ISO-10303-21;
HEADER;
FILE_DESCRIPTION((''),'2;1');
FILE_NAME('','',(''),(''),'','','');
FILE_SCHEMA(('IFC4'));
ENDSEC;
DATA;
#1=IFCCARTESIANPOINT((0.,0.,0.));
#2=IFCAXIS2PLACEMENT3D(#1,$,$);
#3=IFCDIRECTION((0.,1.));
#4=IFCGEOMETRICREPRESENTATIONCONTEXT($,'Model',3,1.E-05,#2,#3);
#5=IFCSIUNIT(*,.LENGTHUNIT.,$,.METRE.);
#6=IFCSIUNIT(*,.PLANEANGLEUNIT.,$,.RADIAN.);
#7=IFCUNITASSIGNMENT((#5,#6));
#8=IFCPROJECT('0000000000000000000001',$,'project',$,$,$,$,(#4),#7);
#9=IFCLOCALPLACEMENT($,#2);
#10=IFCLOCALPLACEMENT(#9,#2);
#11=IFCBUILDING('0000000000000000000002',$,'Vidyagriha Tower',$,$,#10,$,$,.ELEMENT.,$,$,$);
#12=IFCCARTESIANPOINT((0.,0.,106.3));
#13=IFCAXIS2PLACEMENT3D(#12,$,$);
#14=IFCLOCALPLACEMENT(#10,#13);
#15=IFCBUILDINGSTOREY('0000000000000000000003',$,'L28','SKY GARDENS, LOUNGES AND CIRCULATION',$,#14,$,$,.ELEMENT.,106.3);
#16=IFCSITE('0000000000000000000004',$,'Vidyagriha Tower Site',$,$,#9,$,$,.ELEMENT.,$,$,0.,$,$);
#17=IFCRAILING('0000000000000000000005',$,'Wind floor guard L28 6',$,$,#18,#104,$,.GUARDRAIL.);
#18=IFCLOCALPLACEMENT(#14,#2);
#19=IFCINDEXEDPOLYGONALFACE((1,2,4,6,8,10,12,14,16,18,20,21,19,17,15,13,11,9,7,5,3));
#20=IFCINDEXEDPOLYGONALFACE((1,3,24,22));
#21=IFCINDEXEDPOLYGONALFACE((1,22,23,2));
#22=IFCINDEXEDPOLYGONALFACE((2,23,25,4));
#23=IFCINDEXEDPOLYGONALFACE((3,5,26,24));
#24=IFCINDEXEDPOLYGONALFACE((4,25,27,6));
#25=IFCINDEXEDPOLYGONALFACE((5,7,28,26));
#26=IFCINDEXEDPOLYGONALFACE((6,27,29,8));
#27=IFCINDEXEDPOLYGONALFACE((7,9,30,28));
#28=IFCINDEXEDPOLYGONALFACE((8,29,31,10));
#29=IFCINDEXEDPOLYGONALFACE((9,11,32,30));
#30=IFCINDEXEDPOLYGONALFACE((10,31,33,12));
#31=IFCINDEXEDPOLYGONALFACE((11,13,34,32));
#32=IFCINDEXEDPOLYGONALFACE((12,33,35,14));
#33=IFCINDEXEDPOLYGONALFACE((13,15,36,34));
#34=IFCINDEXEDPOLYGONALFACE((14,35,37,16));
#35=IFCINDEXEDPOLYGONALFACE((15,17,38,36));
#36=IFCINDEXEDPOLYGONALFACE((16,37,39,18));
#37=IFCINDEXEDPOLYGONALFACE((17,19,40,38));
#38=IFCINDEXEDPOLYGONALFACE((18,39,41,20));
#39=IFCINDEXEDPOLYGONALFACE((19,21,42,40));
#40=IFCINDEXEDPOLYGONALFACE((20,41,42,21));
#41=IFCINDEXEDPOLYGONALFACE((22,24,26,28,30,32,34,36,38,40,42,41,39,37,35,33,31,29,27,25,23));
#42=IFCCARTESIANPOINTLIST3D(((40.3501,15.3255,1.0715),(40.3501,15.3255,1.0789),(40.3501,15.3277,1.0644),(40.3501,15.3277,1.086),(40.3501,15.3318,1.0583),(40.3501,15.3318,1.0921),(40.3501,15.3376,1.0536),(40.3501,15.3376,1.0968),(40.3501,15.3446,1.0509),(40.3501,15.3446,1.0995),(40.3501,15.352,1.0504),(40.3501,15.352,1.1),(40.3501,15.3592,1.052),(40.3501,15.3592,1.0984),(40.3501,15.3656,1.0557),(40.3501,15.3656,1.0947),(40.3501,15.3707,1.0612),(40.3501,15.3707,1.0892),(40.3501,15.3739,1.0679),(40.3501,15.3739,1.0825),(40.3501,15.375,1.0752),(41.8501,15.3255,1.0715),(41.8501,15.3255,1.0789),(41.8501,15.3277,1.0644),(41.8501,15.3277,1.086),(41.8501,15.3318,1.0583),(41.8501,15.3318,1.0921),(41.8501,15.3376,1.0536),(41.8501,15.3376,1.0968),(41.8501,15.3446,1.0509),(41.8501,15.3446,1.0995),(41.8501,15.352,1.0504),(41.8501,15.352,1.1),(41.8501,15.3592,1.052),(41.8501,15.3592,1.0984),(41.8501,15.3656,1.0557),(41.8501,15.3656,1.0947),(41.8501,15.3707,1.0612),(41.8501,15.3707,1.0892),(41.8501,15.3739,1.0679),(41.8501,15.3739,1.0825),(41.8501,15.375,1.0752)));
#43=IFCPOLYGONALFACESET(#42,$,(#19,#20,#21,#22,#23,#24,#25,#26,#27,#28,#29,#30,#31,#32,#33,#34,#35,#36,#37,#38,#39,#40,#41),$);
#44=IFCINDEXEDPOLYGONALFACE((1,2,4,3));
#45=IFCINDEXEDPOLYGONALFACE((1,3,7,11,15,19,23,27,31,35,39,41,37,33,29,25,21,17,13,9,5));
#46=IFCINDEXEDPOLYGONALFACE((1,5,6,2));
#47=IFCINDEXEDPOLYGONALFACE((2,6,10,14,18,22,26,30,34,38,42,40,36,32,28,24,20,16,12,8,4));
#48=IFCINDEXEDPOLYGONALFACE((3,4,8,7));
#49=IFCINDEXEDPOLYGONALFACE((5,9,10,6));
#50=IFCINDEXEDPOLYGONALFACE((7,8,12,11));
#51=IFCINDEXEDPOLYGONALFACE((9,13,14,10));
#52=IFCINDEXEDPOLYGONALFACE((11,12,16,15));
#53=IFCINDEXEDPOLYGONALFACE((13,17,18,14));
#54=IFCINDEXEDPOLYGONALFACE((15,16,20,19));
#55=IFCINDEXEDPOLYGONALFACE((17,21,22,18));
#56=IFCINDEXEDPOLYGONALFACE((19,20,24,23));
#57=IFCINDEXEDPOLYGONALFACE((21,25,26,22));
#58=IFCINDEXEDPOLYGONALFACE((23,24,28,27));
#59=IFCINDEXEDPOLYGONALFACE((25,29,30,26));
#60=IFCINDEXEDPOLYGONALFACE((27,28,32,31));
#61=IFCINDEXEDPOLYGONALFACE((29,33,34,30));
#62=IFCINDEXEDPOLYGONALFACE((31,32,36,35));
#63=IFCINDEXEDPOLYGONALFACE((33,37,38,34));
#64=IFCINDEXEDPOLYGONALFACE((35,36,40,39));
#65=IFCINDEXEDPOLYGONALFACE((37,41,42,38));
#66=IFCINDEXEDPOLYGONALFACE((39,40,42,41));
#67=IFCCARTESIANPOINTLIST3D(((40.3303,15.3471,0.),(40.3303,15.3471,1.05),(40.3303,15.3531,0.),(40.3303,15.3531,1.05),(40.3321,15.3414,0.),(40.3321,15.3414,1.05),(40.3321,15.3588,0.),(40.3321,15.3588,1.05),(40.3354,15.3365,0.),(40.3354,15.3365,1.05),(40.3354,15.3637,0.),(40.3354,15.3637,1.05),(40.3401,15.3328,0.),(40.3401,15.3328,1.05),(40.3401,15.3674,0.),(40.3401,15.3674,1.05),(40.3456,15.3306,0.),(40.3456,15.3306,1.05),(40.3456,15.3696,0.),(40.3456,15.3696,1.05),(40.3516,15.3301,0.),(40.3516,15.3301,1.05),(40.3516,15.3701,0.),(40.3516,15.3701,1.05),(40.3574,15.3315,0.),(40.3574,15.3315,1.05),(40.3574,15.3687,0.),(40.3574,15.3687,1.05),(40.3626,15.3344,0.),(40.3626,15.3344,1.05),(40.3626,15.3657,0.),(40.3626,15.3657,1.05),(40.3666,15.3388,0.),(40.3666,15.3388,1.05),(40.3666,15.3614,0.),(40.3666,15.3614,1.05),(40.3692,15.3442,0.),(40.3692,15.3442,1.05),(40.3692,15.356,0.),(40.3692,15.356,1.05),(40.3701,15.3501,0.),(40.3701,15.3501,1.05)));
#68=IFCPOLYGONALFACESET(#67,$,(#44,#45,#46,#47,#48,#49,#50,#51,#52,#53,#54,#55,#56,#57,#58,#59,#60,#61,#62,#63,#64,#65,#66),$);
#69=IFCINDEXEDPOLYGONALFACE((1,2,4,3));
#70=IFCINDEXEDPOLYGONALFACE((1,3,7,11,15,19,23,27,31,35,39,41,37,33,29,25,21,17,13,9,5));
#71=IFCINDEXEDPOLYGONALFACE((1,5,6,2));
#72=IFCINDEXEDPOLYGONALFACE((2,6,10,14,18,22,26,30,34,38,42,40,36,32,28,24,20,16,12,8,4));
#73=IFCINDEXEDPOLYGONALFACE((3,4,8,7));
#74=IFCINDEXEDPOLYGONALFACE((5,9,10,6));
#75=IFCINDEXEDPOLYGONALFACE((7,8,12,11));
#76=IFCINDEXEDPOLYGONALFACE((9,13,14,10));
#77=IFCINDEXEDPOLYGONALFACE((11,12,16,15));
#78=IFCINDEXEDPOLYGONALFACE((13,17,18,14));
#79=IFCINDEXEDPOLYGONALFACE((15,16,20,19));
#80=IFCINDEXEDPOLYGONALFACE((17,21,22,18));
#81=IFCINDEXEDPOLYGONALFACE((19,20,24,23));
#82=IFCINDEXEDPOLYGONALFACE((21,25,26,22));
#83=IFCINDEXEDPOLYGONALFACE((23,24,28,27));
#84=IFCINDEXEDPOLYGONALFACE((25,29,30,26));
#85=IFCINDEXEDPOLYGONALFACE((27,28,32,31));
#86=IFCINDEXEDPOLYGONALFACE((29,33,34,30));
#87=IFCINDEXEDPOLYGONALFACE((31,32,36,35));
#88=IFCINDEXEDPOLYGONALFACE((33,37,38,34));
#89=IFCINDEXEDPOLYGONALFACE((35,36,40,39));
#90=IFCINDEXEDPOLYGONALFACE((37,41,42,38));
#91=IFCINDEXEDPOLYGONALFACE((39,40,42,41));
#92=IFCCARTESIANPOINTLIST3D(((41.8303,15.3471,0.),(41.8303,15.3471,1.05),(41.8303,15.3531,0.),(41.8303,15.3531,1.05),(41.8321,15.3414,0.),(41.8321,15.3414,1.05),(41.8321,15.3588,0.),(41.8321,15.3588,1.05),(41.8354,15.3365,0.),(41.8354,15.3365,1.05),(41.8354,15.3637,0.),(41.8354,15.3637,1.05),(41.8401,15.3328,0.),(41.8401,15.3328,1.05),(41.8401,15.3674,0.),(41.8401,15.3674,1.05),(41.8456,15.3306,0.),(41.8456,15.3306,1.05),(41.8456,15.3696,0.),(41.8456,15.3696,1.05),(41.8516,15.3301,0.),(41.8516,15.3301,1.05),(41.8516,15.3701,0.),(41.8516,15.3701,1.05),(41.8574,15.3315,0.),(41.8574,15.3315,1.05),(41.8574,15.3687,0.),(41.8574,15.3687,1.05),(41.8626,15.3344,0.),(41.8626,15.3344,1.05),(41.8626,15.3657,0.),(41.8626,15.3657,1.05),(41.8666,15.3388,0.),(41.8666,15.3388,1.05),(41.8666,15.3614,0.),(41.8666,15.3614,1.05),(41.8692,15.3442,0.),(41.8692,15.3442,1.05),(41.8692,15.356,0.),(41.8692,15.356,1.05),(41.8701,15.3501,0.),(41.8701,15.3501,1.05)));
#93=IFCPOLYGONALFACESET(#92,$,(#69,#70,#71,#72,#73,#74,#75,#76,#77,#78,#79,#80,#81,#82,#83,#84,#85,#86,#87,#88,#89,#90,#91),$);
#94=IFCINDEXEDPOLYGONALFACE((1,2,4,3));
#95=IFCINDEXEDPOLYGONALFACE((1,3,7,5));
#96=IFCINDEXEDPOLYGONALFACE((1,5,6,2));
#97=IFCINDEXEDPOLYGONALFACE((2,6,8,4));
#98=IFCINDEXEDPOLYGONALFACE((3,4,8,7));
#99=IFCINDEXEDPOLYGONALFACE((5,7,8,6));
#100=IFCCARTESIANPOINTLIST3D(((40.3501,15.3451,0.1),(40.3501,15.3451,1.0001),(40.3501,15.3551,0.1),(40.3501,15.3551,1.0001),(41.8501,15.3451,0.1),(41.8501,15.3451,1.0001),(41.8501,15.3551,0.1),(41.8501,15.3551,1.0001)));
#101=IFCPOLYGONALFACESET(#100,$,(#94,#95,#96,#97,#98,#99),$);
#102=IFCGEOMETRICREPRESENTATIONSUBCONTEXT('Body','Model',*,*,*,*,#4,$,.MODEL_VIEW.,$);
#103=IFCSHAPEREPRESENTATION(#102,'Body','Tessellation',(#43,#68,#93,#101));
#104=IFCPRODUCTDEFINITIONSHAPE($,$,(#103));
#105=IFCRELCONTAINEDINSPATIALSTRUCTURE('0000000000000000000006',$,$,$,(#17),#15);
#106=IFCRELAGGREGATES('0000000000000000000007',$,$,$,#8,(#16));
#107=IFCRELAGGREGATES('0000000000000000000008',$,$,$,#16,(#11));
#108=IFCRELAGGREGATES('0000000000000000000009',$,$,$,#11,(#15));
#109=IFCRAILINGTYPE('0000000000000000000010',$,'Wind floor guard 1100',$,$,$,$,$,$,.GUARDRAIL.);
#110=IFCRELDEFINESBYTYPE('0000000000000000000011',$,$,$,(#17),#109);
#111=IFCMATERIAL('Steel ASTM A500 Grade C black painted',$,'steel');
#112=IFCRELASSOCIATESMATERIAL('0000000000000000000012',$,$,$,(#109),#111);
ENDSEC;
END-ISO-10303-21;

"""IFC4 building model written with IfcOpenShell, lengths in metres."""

from ifc_helpers import new_model, si_unit, direction, frame, origin, origin_2d, place, context, subcontext, project, spatial, rectangle, circle, extrude, material, type_object, element, save


model = new_model("IFC4")

# Units and contexts
model_context = context("Model", 3, precision=1e-05, world=origin(), true_north=direction((0.0, 1.0)))
body_context = subcontext(model_context, "Body", "Model", "MODEL_VIEW")
ifc_project = project(units=[si_unit("LENGTHUNIT", "METRE"), si_unit("PLANEANGLEUNIT", "RADIAN")], contexts=[model_context])

# Site, building, storey
site_placement = place(None, origin())
site = spatial("IfcSite", under=ifc_project, at=site_placement, Name="Vidyagriha Tower Site", CompositionType="ELEMENT", RefElevation=0.0)
building_placement = place(site_placement, origin())
building = spatial("IfcBuilding", under=site, at=building_placement, Name="Vidyagriha Tower", CompositionType="ELEMENT")
storey_placement = place(building_placement, frame((0.0, 0.0, 106.3)))
storey = spatial("IfcBuildingStorey", under=building, at=storey_placement, Name="L28", Description="SKY GARDENS, LOUNGES AND CIRCULATION", CompositionType="ELEMENT", Elevation=106.3)

# Railing
ifc_material_1 = material(Name="Steel ASTM A500 Grade C black painted", Category="steel")
railing_type_1 = type_object("IfcRailingType", Name="Wind floor guard 1100", PredefinedType="GUARDRAIL", material=ifc_material_1)
railing_1_placement = place(storey_placement, frame((40.3501, 15.3501, 0.0)))
element("IfcRailing", 1, at=railing_1_placement, inside=storey, type_object=railing_type_1, Name="Wind floor guard L28 6", PredefinedType="GUARDRAIL", context=body_context, shape_type="SweptSolid", body=[
    extrude(circle(Radius=0.0249, at=origin_2d()), frame((0.0, 0.0, 1.0752), z_axis=(1.0, 0.0, 0.0), x_axis=(0.0, 1.0, 0.0)), (0.0, 0.0, 1.0), 1.5),
    extrude(circle(Radius=0.02, at=origin_2d()), origin(), (0.0, 0.0, 1.0), 1.05),
    extrude(circle(Radius=0.02, at=origin_2d()), frame((1.5, 0.0, 0.0)), (0.0, 0.0, 1.0), 1.05),
    extrude(rectangle(XDim=0.01, YDim=0.9001, at=origin_2d()), frame((0.0, 0.0, 0.55), z_axis=(1.0, 0.0, 0.0), x_axis=(0.0, 1.0, 0.0)), (0.0, 0.0, 1.0), 1.5),
])

save(model, "model.ifc")
